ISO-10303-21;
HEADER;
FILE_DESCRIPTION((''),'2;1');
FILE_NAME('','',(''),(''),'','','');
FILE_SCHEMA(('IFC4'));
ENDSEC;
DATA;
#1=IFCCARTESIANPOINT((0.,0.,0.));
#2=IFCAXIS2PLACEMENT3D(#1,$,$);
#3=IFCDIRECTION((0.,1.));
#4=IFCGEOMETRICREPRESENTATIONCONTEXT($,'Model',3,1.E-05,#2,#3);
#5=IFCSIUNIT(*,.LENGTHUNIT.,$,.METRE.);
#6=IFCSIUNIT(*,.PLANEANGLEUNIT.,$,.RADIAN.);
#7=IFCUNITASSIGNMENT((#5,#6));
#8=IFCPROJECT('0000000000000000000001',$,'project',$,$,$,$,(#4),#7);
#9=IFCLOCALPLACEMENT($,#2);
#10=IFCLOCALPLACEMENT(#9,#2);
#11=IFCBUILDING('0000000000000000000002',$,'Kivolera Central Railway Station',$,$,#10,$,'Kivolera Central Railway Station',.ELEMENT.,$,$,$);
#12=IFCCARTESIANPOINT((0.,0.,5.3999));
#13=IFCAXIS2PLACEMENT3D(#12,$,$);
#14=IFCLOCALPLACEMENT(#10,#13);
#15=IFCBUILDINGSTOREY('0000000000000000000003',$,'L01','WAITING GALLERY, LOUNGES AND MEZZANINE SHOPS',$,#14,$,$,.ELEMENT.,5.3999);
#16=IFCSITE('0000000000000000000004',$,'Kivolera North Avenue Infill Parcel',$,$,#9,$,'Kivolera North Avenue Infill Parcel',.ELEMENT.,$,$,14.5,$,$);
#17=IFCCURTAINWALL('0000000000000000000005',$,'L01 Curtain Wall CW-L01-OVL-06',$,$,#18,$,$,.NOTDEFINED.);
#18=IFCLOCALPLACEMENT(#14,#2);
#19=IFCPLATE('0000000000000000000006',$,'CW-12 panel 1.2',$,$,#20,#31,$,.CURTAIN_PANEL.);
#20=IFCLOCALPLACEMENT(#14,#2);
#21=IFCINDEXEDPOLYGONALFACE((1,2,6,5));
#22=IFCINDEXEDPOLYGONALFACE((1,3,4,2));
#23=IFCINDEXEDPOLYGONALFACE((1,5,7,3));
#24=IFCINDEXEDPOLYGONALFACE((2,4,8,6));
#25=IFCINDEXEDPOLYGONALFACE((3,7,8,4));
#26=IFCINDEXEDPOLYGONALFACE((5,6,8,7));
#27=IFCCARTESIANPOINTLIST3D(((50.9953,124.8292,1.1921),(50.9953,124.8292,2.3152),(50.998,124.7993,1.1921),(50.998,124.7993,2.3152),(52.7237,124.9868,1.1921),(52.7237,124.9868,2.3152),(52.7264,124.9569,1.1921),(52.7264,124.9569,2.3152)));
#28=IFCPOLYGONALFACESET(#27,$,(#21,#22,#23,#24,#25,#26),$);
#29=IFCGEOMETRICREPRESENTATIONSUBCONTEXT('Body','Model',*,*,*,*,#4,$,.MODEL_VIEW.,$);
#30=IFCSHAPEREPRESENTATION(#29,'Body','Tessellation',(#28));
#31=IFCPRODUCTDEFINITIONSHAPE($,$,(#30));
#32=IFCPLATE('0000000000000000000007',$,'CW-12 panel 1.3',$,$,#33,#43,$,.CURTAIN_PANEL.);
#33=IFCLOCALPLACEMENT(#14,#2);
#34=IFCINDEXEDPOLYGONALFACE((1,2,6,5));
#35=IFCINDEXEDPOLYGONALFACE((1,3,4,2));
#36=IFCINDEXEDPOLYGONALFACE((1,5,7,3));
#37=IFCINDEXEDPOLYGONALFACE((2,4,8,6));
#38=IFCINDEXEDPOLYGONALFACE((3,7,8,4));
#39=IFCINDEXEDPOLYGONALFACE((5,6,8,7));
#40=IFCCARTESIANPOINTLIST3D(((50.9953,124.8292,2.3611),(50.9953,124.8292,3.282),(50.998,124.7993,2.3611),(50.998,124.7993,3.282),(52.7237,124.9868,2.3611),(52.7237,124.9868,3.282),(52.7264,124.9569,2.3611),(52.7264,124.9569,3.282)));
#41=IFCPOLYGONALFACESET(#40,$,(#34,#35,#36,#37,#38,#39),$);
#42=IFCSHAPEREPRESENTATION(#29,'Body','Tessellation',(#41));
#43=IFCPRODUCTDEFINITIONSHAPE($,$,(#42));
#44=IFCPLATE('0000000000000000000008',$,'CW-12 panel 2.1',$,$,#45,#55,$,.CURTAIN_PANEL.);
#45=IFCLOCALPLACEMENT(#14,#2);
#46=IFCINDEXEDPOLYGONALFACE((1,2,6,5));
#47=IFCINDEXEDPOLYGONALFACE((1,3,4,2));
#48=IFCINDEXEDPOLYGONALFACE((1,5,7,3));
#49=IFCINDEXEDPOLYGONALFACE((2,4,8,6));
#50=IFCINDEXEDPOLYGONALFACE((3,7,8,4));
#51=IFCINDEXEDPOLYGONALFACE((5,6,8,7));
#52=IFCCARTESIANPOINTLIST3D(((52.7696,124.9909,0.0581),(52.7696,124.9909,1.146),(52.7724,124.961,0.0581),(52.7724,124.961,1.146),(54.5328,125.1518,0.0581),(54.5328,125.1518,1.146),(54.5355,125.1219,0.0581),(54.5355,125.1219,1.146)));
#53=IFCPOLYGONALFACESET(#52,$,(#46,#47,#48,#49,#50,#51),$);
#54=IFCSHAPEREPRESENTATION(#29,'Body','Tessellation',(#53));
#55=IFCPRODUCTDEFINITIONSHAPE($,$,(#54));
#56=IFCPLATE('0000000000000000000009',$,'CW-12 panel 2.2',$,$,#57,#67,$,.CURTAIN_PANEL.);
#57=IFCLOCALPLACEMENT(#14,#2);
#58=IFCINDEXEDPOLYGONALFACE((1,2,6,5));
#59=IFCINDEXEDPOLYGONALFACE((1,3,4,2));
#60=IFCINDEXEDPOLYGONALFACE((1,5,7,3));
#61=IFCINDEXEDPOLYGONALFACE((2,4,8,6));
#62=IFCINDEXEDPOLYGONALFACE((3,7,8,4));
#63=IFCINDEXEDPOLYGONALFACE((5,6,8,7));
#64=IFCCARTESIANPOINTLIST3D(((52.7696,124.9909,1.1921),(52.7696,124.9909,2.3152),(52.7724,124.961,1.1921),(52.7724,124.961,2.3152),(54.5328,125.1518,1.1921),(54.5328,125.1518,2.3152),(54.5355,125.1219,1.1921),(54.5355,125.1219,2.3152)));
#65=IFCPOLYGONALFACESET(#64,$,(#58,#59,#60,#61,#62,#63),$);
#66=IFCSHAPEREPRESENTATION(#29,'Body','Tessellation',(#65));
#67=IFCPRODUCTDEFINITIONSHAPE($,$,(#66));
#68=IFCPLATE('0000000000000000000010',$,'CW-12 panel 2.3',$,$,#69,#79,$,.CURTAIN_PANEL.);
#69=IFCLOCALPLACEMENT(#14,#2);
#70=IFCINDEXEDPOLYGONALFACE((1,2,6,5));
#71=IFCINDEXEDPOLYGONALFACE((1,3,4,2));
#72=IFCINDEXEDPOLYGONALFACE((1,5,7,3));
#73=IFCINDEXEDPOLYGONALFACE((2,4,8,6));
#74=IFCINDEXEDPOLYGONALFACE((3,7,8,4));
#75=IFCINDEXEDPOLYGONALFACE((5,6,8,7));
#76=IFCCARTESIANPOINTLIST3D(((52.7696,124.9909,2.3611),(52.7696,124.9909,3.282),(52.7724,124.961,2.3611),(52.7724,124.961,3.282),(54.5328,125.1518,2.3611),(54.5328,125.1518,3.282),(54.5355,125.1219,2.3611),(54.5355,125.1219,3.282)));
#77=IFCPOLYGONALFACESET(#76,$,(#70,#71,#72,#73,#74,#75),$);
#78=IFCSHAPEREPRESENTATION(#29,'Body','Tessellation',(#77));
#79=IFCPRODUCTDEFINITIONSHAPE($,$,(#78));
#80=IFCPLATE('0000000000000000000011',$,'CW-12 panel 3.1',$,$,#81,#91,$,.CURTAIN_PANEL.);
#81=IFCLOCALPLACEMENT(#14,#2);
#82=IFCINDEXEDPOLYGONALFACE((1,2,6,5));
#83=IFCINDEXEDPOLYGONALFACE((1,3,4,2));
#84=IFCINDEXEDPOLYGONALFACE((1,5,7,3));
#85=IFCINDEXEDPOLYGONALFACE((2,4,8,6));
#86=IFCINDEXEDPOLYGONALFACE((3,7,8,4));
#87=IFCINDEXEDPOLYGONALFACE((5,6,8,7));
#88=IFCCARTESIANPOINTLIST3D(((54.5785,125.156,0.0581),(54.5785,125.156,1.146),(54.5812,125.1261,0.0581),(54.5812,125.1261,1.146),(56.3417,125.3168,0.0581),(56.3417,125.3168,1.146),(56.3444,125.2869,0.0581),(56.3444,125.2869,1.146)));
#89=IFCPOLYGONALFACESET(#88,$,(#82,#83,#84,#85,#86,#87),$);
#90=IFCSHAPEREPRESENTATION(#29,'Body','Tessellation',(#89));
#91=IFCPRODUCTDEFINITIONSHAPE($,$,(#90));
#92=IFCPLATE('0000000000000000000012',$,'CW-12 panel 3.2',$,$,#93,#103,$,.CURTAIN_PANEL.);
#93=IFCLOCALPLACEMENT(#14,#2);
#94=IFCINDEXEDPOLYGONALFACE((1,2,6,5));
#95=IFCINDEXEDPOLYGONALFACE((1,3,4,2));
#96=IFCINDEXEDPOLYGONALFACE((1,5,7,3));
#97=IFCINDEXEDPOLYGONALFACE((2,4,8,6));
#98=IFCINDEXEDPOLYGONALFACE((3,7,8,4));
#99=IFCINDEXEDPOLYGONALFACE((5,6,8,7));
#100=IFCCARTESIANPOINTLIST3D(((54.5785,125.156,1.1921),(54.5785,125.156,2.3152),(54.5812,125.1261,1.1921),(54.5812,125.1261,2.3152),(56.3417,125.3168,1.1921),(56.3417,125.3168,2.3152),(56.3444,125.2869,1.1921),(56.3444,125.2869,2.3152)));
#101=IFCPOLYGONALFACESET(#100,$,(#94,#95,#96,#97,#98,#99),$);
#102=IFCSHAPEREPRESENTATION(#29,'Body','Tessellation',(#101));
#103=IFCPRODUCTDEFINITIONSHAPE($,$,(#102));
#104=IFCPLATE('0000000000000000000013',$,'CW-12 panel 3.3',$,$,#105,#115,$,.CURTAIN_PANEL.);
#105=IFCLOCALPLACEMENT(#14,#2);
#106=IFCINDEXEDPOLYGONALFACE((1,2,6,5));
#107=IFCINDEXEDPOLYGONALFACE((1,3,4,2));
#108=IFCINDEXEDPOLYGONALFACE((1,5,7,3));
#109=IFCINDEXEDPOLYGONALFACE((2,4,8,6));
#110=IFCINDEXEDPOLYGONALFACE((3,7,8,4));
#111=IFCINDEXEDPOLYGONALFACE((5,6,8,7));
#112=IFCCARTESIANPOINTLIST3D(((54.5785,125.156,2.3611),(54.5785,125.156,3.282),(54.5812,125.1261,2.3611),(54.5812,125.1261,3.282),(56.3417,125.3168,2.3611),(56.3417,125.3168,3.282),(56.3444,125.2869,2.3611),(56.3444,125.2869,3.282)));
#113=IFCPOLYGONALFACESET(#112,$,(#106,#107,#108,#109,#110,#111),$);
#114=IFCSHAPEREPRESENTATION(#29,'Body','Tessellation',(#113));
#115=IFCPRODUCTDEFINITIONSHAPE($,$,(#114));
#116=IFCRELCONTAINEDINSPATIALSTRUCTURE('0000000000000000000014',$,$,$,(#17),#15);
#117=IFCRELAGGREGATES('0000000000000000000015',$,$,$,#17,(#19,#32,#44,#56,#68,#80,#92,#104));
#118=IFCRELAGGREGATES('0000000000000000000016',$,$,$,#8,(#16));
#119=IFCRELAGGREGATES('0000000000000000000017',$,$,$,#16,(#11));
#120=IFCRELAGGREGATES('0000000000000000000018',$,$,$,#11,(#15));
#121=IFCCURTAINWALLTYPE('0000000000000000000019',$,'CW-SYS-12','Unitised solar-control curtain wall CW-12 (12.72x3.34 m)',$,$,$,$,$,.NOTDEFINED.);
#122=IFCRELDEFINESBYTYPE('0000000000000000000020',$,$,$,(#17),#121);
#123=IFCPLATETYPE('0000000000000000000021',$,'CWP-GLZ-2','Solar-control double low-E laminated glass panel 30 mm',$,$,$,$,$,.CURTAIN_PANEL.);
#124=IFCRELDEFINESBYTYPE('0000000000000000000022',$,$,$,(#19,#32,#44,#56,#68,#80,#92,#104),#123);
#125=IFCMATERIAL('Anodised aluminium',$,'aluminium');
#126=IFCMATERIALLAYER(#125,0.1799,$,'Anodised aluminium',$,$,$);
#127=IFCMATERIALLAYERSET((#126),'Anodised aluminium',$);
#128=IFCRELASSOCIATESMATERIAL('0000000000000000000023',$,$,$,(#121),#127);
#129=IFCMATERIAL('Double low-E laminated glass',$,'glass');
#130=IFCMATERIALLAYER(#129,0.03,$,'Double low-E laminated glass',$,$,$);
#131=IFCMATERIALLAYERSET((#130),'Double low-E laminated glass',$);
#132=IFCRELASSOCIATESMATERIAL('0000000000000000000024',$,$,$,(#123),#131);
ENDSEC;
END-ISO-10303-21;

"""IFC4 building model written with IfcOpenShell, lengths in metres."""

from ifc_helpers import new_model, si_unit, direction, frame, origin, origin_2d, place, context, subcontext, project, spatial, rectangle, extrude, material, layer, layer_set, type_object, element, aggregate, save


model = new_model("IFC4")

# Units and contexts
model_context = context("Model", 3, precision=1e-05, world=origin(), true_north=direction((0.0, 1.0)))
body_context = subcontext(model_context, "Body", "Model", "MODEL_VIEW")
ifc_project = project(units=[si_unit("LENGTHUNIT", "METRE"), si_unit("PLANEANGLEUNIT", "RADIAN")], contexts=[model_context])

# Site, building, storey
site_placement = place(None, origin())
site = spatial("IfcSite", under=ifc_project, at=site_placement, Name="Kivolera North Avenue Infill Parcel", LongName="Kivolera North Avenue Infill Parcel", CompositionType="ELEMENT", RefElevation=14.5)
building_placement = place(site_placement, origin())
building = spatial("IfcBuilding", under=site, at=building_placement, Name="Kivolera Central Railway Station", LongName="Kivolera Central Railway Station", CompositionType="ELEMENT")
storey_placement = place(building_placement, frame((0.0, 0.0, 5.3999)))
storey = spatial("IfcBuildingStorey", under=building, at=storey_placement, Name="L01", Description="WAITING GALLERY, LOUNGES AND MEZZANINE SHOPS", CompositionType="ELEMENT", Elevation=5.3999)

# Curtain wall, plates
ifc_material_1 = material(Name="Anodised aluminium", Category="aluminium")
ifc_layer_1 = layer(ifc_material_1, 0.1799, Name="Anodised aluminium")
ifc_layer_set_1 = layer_set([ifc_layer_1], Name="Anodised aluminium")
curtain_wall_type = type_object("IfcCurtainWallType", Name="CW-SYS-12", Description="Unitised solar-control curtain wall CW-12 (12.72x3.34 m)", PredefinedType="NOTDEFINED", material=ifc_layer_set_1)
curtain_wall_placement = place(storey_placement, origin())
curtain_wall = element("IfcCurtainWall", 1, at=curtain_wall_placement, inside=storey, type_object=curtain_wall_type, Name="L01 Curtain Wall CW-L01-OVL-06", PredefinedType="NOTDEFINED")
ifc_material_2 = material(Name="Double low-E laminated glass", Category="glass")
ifc_layer_2 = layer(ifc_material_2, 0.03, Name="Double low-E laminated glass")
ifc_layer_set_2 = layer_set([ifc_layer_2], Name="Double low-E laminated glass")
plate_type = type_object("IfcPlateType", Name="CWP-GLZ-2", Description="Solar-control double low-E laminated glass panel 30 mm", PredefinedType="CURTAIN_PANEL", material=ifc_layer_set_2)
plate_1_placement = place(storey_placement, frame((51.8608, 124.8931, 1.1921), z_axis=(0.0, 0.0, 1.0), x_axis=(0.995866, 0.090834, 0.0)))
plate_1 = element("IfcPlate", 2, at=plate_1_placement, type_object=plate_type, Name="CW-12 panel 1.2", PredefinedType="CURTAIN_PANEL", context=body_context, shape_type="SweptSolid", body=[
    extrude(rectangle(XDim=1.7356, YDim=0.03, at=origin_2d()), origin(), (0.0, 0.0, 1.0), 1.123),
])
plate_2_placement = place(storey_placement, frame((51.8608, 124.8931, 2.3611), z_axis=(0.0, 0.0, 1.0), x_axis=(0.995866, 0.090834, 0.0)))
plate_2 = element("IfcPlate", 3, at=plate_2_placement, type_object=plate_type, Name="CW-12 panel 1.3", PredefinedType="CURTAIN_PANEL", context=body_context, shape_type="SweptSolid", body=[
    extrude(rectangle(XDim=1.7356, YDim=0.03, at=origin_2d()), origin(), (0.0, 0.0, 1.0), 0.9209),
])
plate_3_placement = place(storey_placement, frame((53.6526, 125.0564, 0.0581), z_axis=(0.0, 0.0, 1.0), x_axis=(0.995866, 0.090834, 0.0)))
plate_3 = element("IfcPlate", 4, at=plate_3_placement, type_object=plate_type, Name="CW-12 panel 2.1", PredefinedType="CURTAIN_PANEL", context=body_context, shape_type="SweptSolid", body=[
    extrude(rectangle(XDim=1.7705, YDim=0.03, at=origin_2d()), origin(), (0.0, 0.0, 1.0), 1.0879),
])
plate_4_placement = place(storey_placement, frame((53.6526, 125.0564, 1.1921), z_axis=(0.0, 0.0, 1.0), x_axis=(0.995866, 0.090834, 0.0)))
plate_4 = element("IfcPlate", 5, at=plate_4_placement, type_object=plate_type, Name="CW-12 panel 2.2", PredefinedType="CURTAIN_PANEL", context=body_context, shape_type="SweptSolid", body=[
    extrude(rectangle(XDim=1.7705, YDim=0.03, at=origin_2d()), origin(), (0.0, 0.0, 1.0), 1.123),
])
plate_5_placement = place(storey_placement, frame((53.6526, 125.0564, 2.3611), z_axis=(0.0, 0.0, 1.0), x_axis=(0.995866, 0.090834, 0.0)))
plate_5 = element("IfcPlate", 6, at=plate_5_placement, type_object=plate_type, Name="CW-12 panel 2.3", PredefinedType="CURTAIN_PANEL", context=body_context, shape_type="SweptSolid", body=[
    extrude(rectangle(XDim=1.7705, YDim=0.03, at=origin_2d()), origin(), (0.0, 0.0, 1.0), 0.9209),
])
plate_6_placement = place(storey_placement, frame((55.4614, 125.2214, 0.0581), z_axis=(0.0, 0.0, 1.0), x_axis=(0.995866, 0.090834, 0.0)))
plate_6 = element("IfcPlate", 7, at=plate_6_placement, type_object=plate_type, Name="CW-12 panel 3.1", PredefinedType="CURTAIN_PANEL", context=body_context, shape_type="SweptSolid", body=[
    extrude(rectangle(XDim=1.7705, YDim=0.03, at=origin_2d()), origin(), (0.0, 0.0, 1.0), 1.0879),
])
plate_7_placement = place(storey_placement, frame((55.4614, 125.2214, 1.1921), z_axis=(0.0, 0.0, 1.0), x_axis=(0.995866, 0.090834, 0.0)))
plate_7 = element("IfcPlate", 8, at=plate_7_placement, type_object=plate_type, Name="CW-12 panel 3.2", PredefinedType="CURTAIN_PANEL", context=body_context, shape_type="SweptSolid", body=[
    extrude(rectangle(XDim=1.7705, YDim=0.03, at=origin_2d()), origin(), (0.0, 0.0, 1.0), 1.123),
])
plate_8_placement = place(storey_placement, frame((55.4614, 125.2214, 2.3611), z_axis=(0.0, 0.0, 1.0), x_axis=(0.995866, 0.090834, 0.0)))
plate_8 = element("IfcPlate", 9, at=plate_8_placement, type_object=plate_type, Name="CW-12 panel 3.3", PredefinedType="CURTAIN_PANEL", context=body_context, shape_type="SweptSolid", body=[
    extrude(rectangle(XDim=1.7705, YDim=0.03, at=origin_2d()), origin(), (0.0, 0.0, 1.0), 0.9209),
])
aggregate(curtain_wall, [plate_1, plate_2, plate_3, plate_4, plate_5, plate_6, plate_7, plate_8])

save(model, "model.ifc")
